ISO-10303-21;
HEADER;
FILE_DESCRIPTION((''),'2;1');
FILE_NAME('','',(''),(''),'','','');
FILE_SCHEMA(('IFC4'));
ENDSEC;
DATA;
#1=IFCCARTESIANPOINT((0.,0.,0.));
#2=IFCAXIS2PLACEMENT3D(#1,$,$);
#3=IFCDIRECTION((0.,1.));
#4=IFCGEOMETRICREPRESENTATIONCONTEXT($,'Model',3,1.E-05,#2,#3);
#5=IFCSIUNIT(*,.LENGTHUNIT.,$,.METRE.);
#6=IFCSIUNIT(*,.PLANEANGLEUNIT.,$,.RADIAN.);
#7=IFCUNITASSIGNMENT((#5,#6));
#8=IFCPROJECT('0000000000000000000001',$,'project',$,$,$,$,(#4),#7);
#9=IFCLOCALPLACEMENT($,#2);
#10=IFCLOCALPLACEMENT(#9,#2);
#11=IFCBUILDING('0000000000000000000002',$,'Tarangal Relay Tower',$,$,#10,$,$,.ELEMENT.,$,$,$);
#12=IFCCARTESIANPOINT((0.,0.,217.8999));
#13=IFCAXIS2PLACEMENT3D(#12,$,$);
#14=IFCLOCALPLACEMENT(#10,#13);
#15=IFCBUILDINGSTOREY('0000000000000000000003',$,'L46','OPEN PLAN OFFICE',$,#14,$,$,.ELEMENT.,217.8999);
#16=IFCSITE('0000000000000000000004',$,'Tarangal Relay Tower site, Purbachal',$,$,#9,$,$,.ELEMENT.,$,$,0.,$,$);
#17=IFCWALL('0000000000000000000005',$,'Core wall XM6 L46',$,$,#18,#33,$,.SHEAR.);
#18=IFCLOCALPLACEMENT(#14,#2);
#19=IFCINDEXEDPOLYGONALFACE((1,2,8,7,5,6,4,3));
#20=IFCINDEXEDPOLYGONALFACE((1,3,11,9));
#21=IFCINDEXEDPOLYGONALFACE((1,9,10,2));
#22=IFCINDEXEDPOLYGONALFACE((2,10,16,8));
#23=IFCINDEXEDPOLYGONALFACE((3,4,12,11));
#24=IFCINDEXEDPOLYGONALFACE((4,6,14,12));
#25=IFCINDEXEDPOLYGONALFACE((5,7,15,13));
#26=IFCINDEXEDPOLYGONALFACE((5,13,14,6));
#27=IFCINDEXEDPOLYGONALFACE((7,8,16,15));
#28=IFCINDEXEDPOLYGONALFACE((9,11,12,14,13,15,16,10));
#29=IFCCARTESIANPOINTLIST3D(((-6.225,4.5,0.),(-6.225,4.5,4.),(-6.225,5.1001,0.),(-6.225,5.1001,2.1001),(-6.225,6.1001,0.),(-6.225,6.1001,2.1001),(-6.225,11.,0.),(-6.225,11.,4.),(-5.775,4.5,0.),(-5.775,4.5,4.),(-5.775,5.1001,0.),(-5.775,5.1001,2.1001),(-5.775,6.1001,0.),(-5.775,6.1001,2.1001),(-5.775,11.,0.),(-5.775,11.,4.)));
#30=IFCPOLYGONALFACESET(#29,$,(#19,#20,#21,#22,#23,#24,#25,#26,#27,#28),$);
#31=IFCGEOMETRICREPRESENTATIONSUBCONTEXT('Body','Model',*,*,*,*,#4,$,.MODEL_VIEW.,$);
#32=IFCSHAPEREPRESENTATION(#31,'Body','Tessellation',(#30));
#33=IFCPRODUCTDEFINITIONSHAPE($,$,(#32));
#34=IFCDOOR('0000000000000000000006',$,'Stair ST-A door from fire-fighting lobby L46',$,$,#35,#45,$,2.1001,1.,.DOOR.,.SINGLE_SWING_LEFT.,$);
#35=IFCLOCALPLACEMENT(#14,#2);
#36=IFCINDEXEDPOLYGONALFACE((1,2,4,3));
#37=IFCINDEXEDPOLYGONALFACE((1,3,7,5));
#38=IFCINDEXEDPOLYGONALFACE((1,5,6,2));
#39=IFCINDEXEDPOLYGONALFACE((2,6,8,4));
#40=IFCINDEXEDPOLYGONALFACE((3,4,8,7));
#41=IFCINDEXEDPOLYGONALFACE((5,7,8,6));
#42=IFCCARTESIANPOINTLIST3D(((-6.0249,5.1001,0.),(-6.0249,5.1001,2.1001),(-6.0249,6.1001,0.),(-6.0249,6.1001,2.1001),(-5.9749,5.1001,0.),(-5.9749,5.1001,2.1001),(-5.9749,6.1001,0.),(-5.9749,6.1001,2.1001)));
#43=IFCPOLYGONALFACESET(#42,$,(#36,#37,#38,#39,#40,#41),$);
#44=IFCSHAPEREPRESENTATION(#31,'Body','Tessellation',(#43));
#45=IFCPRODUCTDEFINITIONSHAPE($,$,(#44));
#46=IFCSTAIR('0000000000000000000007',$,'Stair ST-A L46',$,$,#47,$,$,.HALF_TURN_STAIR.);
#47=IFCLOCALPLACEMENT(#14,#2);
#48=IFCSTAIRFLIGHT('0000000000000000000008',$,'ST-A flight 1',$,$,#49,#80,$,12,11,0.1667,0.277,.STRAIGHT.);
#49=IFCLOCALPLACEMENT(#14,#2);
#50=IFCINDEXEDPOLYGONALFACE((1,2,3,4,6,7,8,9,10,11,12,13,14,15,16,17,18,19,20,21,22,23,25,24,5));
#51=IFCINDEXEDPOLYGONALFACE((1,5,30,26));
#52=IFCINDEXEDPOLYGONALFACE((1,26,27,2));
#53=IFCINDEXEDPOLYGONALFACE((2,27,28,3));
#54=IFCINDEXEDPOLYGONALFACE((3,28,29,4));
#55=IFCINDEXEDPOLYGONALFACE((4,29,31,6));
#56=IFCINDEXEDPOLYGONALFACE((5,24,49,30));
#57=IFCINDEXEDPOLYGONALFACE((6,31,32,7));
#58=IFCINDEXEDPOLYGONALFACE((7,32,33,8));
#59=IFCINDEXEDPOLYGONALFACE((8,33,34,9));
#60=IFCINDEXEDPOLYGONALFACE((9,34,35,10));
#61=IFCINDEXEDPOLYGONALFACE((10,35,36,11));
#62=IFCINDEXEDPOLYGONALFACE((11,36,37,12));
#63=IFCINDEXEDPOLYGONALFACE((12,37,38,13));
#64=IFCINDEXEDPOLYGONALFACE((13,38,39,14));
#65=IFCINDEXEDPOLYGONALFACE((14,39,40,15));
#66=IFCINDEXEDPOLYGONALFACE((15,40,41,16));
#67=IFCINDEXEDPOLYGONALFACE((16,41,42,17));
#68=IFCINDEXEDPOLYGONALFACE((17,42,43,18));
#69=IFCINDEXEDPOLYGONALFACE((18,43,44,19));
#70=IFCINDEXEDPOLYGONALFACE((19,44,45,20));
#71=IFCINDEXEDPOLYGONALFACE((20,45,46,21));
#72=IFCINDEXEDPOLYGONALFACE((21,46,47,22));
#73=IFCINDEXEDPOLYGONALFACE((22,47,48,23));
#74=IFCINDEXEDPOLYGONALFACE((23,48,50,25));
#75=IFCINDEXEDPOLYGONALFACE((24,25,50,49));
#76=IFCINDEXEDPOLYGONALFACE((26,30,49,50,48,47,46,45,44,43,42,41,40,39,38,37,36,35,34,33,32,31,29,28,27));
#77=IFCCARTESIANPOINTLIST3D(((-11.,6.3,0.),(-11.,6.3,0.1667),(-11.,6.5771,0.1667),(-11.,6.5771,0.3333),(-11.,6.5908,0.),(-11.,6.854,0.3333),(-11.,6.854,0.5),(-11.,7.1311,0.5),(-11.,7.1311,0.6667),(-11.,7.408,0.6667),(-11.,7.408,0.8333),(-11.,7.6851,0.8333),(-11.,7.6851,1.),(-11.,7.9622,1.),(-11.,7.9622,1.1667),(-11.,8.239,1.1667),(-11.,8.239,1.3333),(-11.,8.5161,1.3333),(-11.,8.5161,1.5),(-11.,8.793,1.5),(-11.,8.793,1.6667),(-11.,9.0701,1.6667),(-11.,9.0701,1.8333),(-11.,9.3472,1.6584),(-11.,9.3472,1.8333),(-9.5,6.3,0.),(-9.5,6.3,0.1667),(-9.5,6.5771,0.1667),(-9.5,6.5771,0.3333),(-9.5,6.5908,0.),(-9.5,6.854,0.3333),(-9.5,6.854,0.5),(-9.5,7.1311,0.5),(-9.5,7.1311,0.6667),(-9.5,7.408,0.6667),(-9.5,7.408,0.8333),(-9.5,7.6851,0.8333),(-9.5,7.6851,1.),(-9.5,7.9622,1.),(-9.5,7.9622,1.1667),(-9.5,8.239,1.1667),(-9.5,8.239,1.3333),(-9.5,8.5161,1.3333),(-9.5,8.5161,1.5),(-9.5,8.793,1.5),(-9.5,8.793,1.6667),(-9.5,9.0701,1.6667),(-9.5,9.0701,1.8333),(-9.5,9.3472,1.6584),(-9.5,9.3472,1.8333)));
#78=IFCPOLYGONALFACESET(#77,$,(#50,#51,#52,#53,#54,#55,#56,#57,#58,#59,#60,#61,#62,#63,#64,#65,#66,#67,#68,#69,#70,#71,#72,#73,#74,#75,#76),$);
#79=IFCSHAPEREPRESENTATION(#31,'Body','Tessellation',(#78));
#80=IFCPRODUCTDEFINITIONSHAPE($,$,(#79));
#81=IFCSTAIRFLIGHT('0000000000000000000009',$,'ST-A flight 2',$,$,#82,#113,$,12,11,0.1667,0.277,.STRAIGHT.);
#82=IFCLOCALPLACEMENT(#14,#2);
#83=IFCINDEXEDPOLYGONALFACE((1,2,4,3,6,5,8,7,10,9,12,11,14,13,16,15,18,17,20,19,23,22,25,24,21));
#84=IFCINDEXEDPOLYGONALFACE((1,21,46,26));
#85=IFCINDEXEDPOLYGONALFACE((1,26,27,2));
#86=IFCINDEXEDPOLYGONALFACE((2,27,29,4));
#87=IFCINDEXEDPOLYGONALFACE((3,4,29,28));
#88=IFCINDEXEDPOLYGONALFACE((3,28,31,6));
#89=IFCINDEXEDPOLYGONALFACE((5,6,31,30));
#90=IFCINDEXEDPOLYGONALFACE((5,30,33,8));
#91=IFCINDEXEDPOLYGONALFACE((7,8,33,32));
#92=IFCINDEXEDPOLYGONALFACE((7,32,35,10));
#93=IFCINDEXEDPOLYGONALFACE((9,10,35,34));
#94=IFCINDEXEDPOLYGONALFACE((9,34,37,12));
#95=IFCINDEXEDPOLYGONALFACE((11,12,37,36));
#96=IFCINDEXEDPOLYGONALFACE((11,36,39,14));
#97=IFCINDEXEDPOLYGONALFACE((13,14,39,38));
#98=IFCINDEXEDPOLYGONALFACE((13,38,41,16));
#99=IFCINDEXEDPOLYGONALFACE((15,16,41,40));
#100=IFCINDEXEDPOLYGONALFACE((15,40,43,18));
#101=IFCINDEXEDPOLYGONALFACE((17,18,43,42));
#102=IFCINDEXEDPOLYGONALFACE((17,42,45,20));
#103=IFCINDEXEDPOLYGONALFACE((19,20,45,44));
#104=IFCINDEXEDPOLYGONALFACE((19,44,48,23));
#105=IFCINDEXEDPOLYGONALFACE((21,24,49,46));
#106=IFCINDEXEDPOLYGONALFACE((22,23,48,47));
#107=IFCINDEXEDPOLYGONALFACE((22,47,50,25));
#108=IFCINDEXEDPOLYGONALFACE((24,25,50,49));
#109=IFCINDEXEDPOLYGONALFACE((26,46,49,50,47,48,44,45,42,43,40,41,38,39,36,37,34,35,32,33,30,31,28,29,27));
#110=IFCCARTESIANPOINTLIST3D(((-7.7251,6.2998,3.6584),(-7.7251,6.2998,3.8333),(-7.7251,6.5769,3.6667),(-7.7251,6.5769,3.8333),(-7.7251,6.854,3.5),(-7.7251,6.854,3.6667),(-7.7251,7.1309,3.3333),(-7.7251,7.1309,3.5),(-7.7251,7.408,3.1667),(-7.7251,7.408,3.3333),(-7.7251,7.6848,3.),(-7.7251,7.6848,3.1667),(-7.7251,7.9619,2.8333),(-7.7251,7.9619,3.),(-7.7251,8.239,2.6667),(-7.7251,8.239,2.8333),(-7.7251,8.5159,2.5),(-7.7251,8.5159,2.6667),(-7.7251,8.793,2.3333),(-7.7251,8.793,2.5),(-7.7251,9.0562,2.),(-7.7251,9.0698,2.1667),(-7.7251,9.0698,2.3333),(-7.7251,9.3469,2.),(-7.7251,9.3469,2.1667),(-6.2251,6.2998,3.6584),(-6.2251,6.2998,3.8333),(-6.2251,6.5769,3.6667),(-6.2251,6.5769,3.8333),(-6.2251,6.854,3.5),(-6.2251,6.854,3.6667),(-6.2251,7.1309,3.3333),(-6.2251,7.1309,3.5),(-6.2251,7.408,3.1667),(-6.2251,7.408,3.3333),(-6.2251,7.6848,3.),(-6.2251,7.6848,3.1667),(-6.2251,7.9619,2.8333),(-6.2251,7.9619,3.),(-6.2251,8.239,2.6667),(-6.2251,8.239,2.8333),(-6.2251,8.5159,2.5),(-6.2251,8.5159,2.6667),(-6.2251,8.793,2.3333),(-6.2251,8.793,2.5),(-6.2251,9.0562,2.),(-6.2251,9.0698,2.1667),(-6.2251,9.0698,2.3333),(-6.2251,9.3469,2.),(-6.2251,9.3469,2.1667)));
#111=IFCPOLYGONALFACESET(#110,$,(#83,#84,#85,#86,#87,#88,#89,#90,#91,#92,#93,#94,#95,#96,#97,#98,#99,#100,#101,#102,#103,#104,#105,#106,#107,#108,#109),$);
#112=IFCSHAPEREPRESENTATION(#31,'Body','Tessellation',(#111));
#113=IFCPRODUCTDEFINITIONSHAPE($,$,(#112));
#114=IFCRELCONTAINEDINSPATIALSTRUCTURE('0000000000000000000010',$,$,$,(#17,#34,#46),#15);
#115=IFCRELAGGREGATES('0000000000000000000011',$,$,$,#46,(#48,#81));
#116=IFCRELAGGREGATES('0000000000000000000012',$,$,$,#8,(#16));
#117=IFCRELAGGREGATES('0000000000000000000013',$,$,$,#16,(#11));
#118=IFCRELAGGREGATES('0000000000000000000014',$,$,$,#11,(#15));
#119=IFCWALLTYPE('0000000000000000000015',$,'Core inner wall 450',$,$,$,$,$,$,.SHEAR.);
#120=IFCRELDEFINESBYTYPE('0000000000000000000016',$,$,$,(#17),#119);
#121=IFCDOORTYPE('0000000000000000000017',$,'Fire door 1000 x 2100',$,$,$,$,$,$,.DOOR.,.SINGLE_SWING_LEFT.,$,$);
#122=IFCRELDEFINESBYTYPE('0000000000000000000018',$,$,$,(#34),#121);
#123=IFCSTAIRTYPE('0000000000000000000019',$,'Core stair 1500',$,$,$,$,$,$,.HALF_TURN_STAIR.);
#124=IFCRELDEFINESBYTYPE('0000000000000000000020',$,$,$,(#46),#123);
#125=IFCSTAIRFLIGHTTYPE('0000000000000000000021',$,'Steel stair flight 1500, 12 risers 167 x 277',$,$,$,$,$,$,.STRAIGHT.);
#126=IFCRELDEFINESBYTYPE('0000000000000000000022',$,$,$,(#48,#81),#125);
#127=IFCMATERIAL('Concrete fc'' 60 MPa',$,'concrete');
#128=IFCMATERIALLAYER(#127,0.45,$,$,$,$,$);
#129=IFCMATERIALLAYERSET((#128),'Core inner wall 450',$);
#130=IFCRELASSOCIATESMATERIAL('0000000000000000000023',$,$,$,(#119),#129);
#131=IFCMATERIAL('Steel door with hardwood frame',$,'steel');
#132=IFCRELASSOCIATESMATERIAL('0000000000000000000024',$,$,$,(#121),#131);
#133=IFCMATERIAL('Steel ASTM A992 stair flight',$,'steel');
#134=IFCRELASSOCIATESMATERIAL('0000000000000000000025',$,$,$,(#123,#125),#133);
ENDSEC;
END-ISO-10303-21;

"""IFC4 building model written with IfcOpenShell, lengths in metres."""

from ifc_helpers import new_model, si_unit, direction, frame, frame_2d, origin, place, context, subcontext, project, spatial, polyline, rectangle, outline, extrude, material, layer, layer_set, type_object, element, fill, aggregate, save


model = new_model("IFC4")

# Units and contexts
model_context = context("Model", 3, precision=1e-05, world=origin(), true_north=direction((0.0, 1.0)))
body_context = subcontext(model_context, "Body", "Model", "MODEL_VIEW")
ifc_project = project(units=[si_unit("LENGTHUNIT", "METRE"), si_unit("PLANEANGLEUNIT", "RADIAN")], contexts=[model_context])

# Site, building, storey
site_placement = place(None, origin())
site = spatial("IfcSite", under=ifc_project, at=site_placement, Name="Tarangal Relay Tower site, Purbachal", CompositionType="ELEMENT", RefElevation=0.0)
building_placement = place(site_placement, origin())
building = spatial("IfcBuilding", under=site, at=building_placement, Name="Tarangal Relay Tower", CompositionType="ELEMENT")
storey_placement = place(building_placement, frame((0.0, 0.0, 217.8999)))
storey = spatial("IfcBuildingStorey", under=building, at=storey_placement, Name="L46", Description="OPEN PLAN OFFICE", CompositionType="ELEMENT", Elevation=217.8999)

# Shared definitions
ifc_material_1 = material(Name="Concrete fc' 60 MPa", Category="concrete")
ifc_layer = layer(ifc_material_1, 0.45)
ifc_layer_set = layer_set([ifc_layer], Name="Core inner wall 450")
wall_type = type_object("IfcWallType", Name="Core inner wall 450", PredefinedType="SHEAR", material=ifc_layer_set)
ifc_material_2 = material(Name="Steel door with hardwood frame", Category="steel")
door_type_1 = type_object("IfcDoorType", Name="Fire door 1000 x 2100", OperationType="SINGLE_SWING_LEFT", PredefinedType="DOOR", material=ifc_material_2)

# Wall, opening, door
wall_1_placement = place(storey_placement, frame((-6.0, 4.5, 0.0), z_axis=(0.0, 0.0, 1.0), x_axis=(0.0, 1.0, 0.0)))
wall_1 = element("IfcWall", 1, at=wall_1_placement, inside=storey, type_object=wall_type, Name="Core wall XM6 L46", PredefinedType="SHEAR", context=body_context, shape_type="SweptSolid", body=[
    extrude(rectangle(XDim=6.5, YDim=0.45, at=frame_2d((3.25, 0.0))), origin(), (0.0, 0.0, 1.0), 4.0),
])
opening_1_placement = place(wall_1_placement, frame((0.6001, 0.0, 0.0)))
opening_1 = element("IfcOpeningElement", 2, at=opening_1_placement, cuts=wall_1, PredefinedType="OPENING", context=body_context, shape_type="SweptSolid", body=[
    extrude(rectangle(XDim=1.0, YDim=2.1001, at=frame_2d((0.5, 1.05))), frame((0.0, 0.2349, 0.0), z_axis=(0.0, -1.0, 0.0), x_axis=(1.0, 0.0, 0.0)), (0.0, 0.0, 1.0), 0.47),
])
door_1_placement = place(opening_1_placement, origin())
door_1 = element("IfcDoor", 3, at=door_1_placement, inside=storey, type_object=door_type_1, Name="Stair ST-A door from fire-fighting lobby L46", OperationType="SINGLE_SWING_LEFT", OverallHeight=2.1001, OverallWidth=1.0, PredefinedType="DOOR", context=body_context, shape_type="SweptSolid", body=[
    extrude(rectangle(XDim=1.0, YDim=2.1001, at=frame_2d((0.5, 1.05))), frame((0.0, 0.0249, 0.0), z_axis=(0.0, -1.0, 0.0), x_axis=(1.0, 0.0, 0.0)), (0.0, 0.0, 1.0), 0.05),
])
fill(opening_1, door_1)

# Stair, stair flights
ifc_material_3 = material(Name="Steel ASTM A992 stair flight", Category="steel")
stair_type = type_object("IfcStairType", Name="Core stair 1500", PredefinedType="HALF_TURN_STAIR", material=ifc_material_3)
stair_placement = place(storey_placement, origin())
stair = element("IfcStair", 4, at=stair_placement, inside=storey, type_object=stair_type, Name="Stair ST-A L46", PredefinedType="HALF_TURN_STAIR")
stair_flight_type = type_object("IfcStairFlightType", Name="Steel stair flight 1500, 12 risers 167 x 277", PredefinedType="STRAIGHT", material=ifc_material_3)
stair_flight_1_placement = place(storey_placement, frame((-10.25, 6.3, 0.0), z_axis=(0.0, 0.0, 1.0), x_axis=(0.0, 1.0, 0.0)))
stair_flight_1 = element("IfcStairFlight", 5, at=stair_flight_1_placement, type_object=stair_flight_type, Name="ST-A flight 1", NumberOfRisers=12, NumberOfTreads=11, PredefinedType="STRAIGHT", RiserHeight=0.1667, TreadLength=0.277, context=body_context, shape_type="SweptSolid", body=[
    extrude(outline(polyline([(0.0, 0.0), (0.0, 0.1667), (0.2771, 0.1667), (0.2771, 0.3333), (0.554, 0.3333), (0.554, 0.5), (0.8311, 0.5), (0.8311, 0.6667), (1.1079, 0.6667), (1.1079, 0.8333), (1.385, 0.8333), (1.385, 1.0), (1.6621, 1.0), (1.6621, 1.1667), (1.939, 1.1667), (1.939, 1.3333), (2.2161, 1.3333), (2.2161, 1.5), (2.4929, 1.5), (2.4929, 1.6667), (2.77, 1.6667), (2.77, 1.8333), (3.0471, 1.8333), (3.0471, 2.0), (3.0471, 1.6584), (0.2908, 0.0), (0.0, 0.0)])), frame((0.0, 0.75, 0.0), z_axis=(0.0, -1.0, 0.0), x_axis=(1.0, 0.0, 0.0)), (0.0, 0.0, 1.0), 1.5),
])
stair_flight_2_placement = place(storey_placement, frame((-6.9751, 9.3469, 2.0), z_axis=(0.0, 0.0, 1.0), x_axis=(0.0, -1.0, 0.0)))
stair_flight_2 = element("IfcStairFlight", 6, at=stair_flight_2_placement, type_object=stair_flight_type, Name="ST-A flight 2", NumberOfRisers=12, NumberOfTreads=11, PredefinedType="STRAIGHT", RiserHeight=0.1667, TreadLength=0.277, context=body_context, shape_type="SweptSolid", body=[
    extrude(outline(polyline([(0.0, 0.0), (0.0, 0.1667), (0.2771, 0.1667), (0.2771, 0.3333), (0.554, 0.3333), (0.554, 0.5), (0.8311, 0.5), (0.8311, 0.6667), (1.1079, 0.6667), (1.1079, 0.8333), (1.385, 0.8333), (1.385, 1.0), (1.6621, 1.0), (1.6621, 1.1667), (1.939, 1.1667), (1.939, 1.3333), (2.2161, 1.3333), (2.2161, 1.5), (2.4929, 1.5), (2.4929, 1.6667), (2.77, 1.6667), (2.77, 1.8333), (3.0471, 1.8333), (3.0471, 2.0), (3.0471, 1.6584), (0.2908, 0.0), (0.0, 0.0)])), frame((0.0, 0.75, 0.0), z_axis=(0.0, -1.0, 0.0), x_axis=(1.0, 0.0, 0.0)), (0.0, 0.0, 1.0), 1.5),
])
aggregate(stair, [stair_flight_1, stair_flight_2])

save(model, "model.ifc")
